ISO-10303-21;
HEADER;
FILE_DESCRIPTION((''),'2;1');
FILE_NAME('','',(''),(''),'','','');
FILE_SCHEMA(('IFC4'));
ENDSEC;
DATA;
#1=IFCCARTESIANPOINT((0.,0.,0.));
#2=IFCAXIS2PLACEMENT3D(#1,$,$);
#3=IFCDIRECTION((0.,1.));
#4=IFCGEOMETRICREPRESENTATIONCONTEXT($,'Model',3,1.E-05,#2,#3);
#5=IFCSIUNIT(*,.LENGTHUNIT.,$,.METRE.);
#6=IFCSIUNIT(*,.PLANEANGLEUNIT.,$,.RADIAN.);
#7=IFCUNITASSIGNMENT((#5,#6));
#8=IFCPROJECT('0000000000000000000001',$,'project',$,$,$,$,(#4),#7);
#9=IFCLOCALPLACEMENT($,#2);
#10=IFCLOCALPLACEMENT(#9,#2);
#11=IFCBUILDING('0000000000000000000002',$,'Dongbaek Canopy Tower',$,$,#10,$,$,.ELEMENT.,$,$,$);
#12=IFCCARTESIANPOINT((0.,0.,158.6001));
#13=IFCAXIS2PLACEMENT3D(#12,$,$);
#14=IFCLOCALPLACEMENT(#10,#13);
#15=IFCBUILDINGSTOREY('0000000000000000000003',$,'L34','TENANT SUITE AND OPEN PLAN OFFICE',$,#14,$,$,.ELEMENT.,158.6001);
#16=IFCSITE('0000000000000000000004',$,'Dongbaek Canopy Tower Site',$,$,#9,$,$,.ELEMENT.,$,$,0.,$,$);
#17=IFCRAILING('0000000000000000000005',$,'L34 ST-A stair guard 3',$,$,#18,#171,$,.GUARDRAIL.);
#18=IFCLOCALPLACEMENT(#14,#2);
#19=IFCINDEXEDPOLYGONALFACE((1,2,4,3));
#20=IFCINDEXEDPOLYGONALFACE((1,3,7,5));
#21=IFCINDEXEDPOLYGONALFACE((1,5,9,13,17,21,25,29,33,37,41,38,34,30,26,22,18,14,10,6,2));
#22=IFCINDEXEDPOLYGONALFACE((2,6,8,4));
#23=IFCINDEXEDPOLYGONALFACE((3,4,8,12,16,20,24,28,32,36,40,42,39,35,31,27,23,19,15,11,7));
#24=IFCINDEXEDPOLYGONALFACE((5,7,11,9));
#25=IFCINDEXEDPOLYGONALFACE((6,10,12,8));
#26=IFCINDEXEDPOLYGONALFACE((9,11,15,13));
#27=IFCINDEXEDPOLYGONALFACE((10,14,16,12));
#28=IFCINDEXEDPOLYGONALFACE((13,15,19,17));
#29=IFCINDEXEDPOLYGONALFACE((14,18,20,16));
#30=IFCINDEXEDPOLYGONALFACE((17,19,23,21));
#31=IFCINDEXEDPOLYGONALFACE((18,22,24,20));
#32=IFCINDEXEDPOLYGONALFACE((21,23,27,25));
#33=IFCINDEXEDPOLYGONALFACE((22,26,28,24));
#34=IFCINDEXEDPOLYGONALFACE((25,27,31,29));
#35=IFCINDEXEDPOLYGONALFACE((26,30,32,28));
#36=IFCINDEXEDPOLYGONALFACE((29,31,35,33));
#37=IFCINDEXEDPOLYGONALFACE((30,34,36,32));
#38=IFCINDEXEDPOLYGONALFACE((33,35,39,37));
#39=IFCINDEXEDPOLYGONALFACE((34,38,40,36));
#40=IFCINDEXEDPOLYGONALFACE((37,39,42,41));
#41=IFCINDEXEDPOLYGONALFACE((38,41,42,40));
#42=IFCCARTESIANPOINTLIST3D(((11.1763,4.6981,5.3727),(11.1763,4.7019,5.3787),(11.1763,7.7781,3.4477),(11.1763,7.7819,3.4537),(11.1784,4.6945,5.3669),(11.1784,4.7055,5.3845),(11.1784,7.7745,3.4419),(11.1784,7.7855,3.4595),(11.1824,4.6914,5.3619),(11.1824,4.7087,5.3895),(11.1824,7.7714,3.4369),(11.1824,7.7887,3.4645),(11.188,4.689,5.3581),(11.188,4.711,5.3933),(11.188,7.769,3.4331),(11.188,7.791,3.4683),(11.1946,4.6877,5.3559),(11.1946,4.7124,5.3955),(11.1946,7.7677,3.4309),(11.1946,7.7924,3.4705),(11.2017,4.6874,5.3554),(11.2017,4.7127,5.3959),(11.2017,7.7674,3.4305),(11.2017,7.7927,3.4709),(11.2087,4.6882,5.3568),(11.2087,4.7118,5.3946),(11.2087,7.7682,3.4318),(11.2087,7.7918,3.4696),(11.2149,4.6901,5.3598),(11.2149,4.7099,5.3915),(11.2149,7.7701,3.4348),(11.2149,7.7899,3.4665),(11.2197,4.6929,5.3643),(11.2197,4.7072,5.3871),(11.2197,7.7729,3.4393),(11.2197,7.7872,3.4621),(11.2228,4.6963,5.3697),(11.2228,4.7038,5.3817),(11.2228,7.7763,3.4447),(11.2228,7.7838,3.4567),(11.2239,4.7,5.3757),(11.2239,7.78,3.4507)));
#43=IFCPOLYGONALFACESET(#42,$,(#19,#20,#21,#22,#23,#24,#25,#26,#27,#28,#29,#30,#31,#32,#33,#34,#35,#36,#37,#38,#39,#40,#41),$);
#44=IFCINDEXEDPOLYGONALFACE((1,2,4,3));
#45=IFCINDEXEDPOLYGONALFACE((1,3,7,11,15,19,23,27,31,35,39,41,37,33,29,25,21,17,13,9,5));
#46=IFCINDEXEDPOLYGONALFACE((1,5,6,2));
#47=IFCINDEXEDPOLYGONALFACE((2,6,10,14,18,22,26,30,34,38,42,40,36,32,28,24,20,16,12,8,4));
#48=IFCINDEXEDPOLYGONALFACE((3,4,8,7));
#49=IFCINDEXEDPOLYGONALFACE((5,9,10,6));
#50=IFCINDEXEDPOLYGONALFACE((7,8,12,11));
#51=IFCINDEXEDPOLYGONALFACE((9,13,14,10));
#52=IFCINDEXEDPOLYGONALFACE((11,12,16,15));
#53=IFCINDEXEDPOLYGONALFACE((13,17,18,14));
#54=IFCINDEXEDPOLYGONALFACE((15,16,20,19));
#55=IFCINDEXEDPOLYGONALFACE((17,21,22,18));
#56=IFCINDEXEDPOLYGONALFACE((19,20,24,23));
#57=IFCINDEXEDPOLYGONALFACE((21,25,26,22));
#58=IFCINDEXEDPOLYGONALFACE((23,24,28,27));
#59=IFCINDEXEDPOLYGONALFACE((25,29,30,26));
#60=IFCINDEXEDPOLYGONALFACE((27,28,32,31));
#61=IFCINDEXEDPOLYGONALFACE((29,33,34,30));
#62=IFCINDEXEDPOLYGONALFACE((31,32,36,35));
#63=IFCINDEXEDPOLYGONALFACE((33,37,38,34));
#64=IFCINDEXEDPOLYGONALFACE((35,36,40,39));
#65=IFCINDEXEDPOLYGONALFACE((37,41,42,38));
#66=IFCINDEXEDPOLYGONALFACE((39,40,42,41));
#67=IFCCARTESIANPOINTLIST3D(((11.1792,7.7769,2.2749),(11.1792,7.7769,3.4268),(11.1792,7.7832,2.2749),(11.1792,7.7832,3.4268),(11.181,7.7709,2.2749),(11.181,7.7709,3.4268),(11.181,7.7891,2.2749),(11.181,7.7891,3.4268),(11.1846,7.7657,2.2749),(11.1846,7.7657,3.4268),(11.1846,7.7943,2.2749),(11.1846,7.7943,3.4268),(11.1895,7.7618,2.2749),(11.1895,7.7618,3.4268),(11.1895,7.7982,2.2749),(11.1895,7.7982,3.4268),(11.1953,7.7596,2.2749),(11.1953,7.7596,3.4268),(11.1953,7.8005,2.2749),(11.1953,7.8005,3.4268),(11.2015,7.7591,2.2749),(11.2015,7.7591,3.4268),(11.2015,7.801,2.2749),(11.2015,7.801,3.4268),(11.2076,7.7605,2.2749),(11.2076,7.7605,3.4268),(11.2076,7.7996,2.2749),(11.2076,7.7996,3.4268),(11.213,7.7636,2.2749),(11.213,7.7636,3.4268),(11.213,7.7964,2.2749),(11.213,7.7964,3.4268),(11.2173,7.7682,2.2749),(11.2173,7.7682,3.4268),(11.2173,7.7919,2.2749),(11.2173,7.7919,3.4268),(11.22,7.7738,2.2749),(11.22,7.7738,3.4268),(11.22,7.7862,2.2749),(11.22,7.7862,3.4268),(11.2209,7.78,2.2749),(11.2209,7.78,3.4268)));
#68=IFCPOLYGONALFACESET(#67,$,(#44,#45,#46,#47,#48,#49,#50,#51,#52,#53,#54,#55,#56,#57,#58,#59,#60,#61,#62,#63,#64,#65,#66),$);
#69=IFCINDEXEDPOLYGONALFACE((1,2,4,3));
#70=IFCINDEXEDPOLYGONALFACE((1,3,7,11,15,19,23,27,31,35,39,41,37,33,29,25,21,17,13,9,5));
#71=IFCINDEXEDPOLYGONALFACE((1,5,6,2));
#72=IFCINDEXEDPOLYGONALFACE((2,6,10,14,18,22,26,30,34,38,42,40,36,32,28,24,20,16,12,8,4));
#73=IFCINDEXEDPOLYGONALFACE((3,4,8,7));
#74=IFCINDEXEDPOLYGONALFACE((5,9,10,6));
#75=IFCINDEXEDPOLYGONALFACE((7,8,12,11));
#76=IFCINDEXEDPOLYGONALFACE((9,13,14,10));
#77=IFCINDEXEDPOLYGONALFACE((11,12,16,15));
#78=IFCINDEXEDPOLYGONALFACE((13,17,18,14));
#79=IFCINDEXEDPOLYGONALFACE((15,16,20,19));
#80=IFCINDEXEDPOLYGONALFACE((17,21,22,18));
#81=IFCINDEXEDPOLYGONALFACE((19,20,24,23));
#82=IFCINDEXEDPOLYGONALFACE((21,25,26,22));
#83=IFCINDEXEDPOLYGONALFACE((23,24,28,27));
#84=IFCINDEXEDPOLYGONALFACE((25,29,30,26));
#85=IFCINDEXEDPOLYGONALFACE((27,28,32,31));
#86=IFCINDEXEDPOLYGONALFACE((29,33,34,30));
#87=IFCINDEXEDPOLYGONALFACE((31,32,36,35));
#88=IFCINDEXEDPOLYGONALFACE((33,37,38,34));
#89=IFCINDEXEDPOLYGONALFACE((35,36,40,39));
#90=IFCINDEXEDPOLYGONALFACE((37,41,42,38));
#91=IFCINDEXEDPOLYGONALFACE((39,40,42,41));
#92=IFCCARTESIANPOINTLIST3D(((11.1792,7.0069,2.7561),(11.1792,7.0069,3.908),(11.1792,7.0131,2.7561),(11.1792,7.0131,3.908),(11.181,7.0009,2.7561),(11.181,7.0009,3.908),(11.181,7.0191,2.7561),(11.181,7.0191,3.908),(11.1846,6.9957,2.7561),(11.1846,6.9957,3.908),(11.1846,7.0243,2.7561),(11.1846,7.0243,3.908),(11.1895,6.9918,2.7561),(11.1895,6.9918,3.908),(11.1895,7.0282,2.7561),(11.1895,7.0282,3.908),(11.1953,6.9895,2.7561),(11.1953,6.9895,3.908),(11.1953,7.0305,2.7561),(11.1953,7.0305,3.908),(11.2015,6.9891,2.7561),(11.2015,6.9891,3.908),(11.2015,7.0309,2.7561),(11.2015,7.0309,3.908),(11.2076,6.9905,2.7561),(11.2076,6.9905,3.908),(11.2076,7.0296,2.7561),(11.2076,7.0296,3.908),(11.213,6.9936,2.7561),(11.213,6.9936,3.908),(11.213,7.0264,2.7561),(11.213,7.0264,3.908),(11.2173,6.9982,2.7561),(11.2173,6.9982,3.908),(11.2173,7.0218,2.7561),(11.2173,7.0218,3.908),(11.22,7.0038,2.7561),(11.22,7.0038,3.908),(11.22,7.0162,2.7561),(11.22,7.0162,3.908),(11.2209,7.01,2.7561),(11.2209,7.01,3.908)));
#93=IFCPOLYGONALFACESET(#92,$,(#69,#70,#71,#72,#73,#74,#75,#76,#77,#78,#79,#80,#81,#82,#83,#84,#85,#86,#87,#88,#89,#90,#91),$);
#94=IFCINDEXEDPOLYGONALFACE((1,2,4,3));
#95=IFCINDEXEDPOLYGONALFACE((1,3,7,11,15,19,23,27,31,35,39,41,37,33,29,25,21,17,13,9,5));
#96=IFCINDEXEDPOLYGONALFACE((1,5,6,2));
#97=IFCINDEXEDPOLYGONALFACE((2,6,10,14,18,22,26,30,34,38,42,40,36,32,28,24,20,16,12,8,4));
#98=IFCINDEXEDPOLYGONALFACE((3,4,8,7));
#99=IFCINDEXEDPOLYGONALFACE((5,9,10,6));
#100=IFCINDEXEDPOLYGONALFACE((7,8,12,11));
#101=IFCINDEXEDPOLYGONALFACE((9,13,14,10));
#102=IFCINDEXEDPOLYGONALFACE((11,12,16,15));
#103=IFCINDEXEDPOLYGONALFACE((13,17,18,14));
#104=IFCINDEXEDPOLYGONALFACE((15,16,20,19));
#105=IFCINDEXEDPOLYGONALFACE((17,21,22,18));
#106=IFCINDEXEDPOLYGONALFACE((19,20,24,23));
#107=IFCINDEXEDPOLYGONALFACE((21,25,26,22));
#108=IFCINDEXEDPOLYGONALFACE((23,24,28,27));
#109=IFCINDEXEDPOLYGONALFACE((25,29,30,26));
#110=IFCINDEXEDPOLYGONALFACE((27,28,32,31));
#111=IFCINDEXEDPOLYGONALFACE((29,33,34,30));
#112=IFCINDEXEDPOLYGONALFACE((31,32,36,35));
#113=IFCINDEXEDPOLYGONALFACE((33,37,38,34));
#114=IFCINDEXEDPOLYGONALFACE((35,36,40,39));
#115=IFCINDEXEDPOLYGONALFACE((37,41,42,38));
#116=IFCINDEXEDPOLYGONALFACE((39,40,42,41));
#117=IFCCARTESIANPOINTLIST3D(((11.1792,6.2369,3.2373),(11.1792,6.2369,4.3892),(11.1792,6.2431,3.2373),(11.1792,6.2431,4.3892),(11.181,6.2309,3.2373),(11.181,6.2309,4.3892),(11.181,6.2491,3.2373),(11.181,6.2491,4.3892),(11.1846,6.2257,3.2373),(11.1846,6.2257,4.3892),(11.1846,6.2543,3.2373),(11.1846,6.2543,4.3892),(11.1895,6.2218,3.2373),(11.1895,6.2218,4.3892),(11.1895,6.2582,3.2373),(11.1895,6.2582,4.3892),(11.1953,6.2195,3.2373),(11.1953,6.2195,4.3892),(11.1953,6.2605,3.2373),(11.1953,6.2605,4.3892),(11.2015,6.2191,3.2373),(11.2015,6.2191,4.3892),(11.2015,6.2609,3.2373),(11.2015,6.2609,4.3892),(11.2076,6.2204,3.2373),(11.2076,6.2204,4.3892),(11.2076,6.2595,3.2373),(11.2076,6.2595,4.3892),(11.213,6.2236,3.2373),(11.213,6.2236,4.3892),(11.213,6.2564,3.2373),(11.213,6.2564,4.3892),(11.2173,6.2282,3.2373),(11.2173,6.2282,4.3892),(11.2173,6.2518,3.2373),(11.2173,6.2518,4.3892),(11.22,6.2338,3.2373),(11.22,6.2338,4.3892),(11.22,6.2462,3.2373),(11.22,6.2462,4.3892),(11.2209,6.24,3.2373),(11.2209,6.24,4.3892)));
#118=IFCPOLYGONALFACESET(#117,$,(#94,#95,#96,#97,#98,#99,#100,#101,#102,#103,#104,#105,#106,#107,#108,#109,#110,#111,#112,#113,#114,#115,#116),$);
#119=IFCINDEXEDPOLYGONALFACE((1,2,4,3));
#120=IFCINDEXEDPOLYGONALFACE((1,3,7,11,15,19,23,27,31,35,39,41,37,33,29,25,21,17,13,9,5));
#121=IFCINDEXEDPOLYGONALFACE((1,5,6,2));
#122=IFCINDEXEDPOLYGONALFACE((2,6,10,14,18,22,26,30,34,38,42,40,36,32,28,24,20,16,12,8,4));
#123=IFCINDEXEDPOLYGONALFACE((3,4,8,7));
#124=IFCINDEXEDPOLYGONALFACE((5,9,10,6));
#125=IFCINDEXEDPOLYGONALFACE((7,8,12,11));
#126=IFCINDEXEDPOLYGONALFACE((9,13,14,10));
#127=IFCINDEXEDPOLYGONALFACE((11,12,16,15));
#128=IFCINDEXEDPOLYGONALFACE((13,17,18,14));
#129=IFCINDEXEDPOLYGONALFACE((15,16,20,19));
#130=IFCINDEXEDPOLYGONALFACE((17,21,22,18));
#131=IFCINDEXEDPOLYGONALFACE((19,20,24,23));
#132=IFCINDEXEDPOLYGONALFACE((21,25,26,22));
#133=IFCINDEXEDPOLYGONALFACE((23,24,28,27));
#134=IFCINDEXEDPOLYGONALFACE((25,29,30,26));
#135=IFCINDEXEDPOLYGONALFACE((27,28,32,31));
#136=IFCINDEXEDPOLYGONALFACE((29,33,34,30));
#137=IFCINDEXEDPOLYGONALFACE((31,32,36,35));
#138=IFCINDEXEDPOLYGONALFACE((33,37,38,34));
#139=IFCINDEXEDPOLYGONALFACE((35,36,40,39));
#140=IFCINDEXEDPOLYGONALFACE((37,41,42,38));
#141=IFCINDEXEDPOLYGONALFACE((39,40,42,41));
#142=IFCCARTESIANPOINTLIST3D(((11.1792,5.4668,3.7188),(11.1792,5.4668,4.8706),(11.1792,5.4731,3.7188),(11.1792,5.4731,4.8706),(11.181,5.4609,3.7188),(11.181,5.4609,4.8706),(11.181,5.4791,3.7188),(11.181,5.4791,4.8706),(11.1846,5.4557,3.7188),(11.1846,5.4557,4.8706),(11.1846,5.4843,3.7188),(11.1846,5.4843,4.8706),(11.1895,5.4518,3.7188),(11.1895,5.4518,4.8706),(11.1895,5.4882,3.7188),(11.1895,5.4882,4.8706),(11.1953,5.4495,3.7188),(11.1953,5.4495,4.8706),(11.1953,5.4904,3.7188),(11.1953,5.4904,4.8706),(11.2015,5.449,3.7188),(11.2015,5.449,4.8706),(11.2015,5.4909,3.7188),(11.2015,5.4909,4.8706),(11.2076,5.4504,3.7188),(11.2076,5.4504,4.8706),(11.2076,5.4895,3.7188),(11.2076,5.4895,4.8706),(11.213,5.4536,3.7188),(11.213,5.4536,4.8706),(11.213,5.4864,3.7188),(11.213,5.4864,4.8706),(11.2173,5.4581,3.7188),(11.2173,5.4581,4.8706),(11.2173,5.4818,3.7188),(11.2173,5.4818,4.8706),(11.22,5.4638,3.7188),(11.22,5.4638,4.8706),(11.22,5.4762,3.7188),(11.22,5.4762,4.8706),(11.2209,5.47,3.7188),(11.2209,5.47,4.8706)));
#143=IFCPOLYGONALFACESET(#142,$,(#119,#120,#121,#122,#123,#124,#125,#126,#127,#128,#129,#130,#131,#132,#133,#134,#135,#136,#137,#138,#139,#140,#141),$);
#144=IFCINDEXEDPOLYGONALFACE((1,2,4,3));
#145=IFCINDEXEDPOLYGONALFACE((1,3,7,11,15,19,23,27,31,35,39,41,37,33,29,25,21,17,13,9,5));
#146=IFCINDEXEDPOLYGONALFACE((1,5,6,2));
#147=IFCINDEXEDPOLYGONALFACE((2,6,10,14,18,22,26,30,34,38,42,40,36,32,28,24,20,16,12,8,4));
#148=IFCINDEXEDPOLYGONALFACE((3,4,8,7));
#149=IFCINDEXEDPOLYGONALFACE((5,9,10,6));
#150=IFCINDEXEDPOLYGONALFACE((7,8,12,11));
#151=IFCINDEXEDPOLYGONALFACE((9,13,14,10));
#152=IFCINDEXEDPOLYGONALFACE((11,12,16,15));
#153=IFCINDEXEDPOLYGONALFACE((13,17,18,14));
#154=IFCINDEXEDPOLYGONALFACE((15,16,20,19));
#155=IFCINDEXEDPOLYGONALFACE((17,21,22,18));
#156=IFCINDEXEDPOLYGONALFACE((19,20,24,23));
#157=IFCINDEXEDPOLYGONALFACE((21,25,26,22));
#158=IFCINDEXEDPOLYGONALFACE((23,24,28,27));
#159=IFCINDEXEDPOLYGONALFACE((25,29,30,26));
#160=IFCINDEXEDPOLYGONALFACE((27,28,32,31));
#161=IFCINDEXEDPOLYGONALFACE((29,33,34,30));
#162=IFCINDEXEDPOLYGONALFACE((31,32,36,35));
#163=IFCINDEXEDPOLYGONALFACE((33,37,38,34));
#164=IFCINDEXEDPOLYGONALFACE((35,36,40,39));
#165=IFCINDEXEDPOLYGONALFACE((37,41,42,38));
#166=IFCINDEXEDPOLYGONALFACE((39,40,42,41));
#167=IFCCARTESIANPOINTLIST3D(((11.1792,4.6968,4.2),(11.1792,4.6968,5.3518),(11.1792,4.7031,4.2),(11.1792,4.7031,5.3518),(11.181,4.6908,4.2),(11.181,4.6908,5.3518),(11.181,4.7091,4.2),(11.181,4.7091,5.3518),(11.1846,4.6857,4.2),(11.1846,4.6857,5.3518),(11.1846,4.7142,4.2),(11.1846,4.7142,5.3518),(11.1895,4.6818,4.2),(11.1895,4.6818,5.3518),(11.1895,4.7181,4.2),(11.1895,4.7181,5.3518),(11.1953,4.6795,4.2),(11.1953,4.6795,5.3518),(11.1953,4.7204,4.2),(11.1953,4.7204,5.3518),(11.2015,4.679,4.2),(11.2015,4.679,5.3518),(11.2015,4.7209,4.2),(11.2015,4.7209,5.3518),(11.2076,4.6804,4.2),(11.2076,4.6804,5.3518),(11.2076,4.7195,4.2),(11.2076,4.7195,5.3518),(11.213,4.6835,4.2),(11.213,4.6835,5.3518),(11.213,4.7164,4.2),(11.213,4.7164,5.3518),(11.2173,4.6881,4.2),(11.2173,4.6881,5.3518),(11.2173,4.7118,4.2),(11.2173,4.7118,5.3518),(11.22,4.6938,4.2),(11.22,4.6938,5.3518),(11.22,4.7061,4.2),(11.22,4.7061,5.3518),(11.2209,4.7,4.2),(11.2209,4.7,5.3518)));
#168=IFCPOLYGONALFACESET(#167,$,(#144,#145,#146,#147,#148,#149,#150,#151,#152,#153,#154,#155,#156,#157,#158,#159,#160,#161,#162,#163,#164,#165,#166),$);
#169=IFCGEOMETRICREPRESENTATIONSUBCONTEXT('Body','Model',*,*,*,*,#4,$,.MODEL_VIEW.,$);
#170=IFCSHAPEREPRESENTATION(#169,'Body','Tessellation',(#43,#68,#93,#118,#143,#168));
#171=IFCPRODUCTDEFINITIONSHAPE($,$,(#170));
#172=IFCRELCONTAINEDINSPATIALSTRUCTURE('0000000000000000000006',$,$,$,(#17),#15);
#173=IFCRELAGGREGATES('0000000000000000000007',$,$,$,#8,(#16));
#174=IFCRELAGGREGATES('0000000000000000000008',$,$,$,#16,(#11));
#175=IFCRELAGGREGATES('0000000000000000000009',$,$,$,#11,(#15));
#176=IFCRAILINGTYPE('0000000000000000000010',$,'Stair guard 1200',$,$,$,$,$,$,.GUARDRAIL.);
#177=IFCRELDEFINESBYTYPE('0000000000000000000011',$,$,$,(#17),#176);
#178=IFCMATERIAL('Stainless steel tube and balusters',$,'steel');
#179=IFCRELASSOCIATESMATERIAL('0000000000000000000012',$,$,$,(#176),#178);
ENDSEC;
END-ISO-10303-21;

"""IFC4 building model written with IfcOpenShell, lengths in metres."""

from ifc_helpers import new_model, si_unit, direction, frame, origin, origin_2d, place, context, subcontext, project, spatial, circle, extrude, material, type_object, element, save


model = new_model("IFC4")

# Units and contexts
model_context = context("Model", 3, precision=1e-05, world=origin(), true_north=direction((0.0, 1.0)))
body_context = subcontext(model_context, "Body", "Model", "MODEL_VIEW")
ifc_project = project(units=[si_unit("LENGTHUNIT", "METRE"), si_unit("PLANEANGLEUNIT", "RADIAN")], contexts=[model_context])

# Site, building, storey
site_placement = place(None, origin())
site = spatial("IfcSite", under=ifc_project, at=site_placement, Name="Dongbaek Canopy Tower Site", CompositionType="ELEMENT", RefElevation=0.0)
building_placement = place(site_placement, origin())
building = spatial("IfcBuilding", under=site, at=building_placement, Name="Dongbaek Canopy Tower", CompositionType="ELEMENT")
storey_placement = place(building_placement, frame((0.0, 0.0, 158.6001)))
storey = spatial("IfcBuildingStorey", under=building, at=storey_placement, Name="L34", Description="TENANT SUITE AND OPEN PLAN OFFICE", CompositionType="ELEMENT", Elevation=158.6001)

# Railing
ifc_material_1 = material(Name="Stainless steel tube and balusters", Category="steel")
railing_type_1 = type_object("IfcRailingType", Name="Stair guard 1200", PredefinedType="GUARDRAIL", material=ifc_material_1)
railing_1_placement = place(storey_placement, frame((11.2, 7.78, 2.2749)))
element("IfcRailing", 1, at=railing_1_placement, inside=storey, type_object=railing_type_1, Name="L34 ST-A stair guard 3", PredefinedType="GUARDRAIL", context=body_context, shape_type="SweptSolid", body=[
    extrude(circle(Radius=0.0239, at=origin_2d()), frame((0.0, 0.0, 1.1758), z_axis=(0.0, -0.847998, 0.529999), x_axis=(1.0, 0.0, 0.0)), (0.0, 0.0, 1.0), 3.6321),
    extrude(circle(Radius=0.021, at=origin_2d()), origin(), (0.0, 0.0, 1.0), 1.1519),
    extrude(circle(Radius=0.021, at=origin_2d()), frame((0.0, -0.77, 0.4812)), (0.0, 0.0, 1.0), 1.1519),
    extrude(circle(Radius=0.021, at=origin_2d()), frame((0.0, -1.54, 0.9624)), (0.0, 0.0, 1.0), 1.1519),
    extrude(circle(Radius=0.021, at=origin_2d()), frame((0.0, -2.3101, 1.4438)), (0.0, 0.0, 1.0), 1.1519),
    extrude(circle(Radius=0.021, at=origin_2d()), frame((0.0, -3.0801, 1.925)), (0.0, 0.0, 1.0), 1.1519),
])

save(model, "model.ifc")
